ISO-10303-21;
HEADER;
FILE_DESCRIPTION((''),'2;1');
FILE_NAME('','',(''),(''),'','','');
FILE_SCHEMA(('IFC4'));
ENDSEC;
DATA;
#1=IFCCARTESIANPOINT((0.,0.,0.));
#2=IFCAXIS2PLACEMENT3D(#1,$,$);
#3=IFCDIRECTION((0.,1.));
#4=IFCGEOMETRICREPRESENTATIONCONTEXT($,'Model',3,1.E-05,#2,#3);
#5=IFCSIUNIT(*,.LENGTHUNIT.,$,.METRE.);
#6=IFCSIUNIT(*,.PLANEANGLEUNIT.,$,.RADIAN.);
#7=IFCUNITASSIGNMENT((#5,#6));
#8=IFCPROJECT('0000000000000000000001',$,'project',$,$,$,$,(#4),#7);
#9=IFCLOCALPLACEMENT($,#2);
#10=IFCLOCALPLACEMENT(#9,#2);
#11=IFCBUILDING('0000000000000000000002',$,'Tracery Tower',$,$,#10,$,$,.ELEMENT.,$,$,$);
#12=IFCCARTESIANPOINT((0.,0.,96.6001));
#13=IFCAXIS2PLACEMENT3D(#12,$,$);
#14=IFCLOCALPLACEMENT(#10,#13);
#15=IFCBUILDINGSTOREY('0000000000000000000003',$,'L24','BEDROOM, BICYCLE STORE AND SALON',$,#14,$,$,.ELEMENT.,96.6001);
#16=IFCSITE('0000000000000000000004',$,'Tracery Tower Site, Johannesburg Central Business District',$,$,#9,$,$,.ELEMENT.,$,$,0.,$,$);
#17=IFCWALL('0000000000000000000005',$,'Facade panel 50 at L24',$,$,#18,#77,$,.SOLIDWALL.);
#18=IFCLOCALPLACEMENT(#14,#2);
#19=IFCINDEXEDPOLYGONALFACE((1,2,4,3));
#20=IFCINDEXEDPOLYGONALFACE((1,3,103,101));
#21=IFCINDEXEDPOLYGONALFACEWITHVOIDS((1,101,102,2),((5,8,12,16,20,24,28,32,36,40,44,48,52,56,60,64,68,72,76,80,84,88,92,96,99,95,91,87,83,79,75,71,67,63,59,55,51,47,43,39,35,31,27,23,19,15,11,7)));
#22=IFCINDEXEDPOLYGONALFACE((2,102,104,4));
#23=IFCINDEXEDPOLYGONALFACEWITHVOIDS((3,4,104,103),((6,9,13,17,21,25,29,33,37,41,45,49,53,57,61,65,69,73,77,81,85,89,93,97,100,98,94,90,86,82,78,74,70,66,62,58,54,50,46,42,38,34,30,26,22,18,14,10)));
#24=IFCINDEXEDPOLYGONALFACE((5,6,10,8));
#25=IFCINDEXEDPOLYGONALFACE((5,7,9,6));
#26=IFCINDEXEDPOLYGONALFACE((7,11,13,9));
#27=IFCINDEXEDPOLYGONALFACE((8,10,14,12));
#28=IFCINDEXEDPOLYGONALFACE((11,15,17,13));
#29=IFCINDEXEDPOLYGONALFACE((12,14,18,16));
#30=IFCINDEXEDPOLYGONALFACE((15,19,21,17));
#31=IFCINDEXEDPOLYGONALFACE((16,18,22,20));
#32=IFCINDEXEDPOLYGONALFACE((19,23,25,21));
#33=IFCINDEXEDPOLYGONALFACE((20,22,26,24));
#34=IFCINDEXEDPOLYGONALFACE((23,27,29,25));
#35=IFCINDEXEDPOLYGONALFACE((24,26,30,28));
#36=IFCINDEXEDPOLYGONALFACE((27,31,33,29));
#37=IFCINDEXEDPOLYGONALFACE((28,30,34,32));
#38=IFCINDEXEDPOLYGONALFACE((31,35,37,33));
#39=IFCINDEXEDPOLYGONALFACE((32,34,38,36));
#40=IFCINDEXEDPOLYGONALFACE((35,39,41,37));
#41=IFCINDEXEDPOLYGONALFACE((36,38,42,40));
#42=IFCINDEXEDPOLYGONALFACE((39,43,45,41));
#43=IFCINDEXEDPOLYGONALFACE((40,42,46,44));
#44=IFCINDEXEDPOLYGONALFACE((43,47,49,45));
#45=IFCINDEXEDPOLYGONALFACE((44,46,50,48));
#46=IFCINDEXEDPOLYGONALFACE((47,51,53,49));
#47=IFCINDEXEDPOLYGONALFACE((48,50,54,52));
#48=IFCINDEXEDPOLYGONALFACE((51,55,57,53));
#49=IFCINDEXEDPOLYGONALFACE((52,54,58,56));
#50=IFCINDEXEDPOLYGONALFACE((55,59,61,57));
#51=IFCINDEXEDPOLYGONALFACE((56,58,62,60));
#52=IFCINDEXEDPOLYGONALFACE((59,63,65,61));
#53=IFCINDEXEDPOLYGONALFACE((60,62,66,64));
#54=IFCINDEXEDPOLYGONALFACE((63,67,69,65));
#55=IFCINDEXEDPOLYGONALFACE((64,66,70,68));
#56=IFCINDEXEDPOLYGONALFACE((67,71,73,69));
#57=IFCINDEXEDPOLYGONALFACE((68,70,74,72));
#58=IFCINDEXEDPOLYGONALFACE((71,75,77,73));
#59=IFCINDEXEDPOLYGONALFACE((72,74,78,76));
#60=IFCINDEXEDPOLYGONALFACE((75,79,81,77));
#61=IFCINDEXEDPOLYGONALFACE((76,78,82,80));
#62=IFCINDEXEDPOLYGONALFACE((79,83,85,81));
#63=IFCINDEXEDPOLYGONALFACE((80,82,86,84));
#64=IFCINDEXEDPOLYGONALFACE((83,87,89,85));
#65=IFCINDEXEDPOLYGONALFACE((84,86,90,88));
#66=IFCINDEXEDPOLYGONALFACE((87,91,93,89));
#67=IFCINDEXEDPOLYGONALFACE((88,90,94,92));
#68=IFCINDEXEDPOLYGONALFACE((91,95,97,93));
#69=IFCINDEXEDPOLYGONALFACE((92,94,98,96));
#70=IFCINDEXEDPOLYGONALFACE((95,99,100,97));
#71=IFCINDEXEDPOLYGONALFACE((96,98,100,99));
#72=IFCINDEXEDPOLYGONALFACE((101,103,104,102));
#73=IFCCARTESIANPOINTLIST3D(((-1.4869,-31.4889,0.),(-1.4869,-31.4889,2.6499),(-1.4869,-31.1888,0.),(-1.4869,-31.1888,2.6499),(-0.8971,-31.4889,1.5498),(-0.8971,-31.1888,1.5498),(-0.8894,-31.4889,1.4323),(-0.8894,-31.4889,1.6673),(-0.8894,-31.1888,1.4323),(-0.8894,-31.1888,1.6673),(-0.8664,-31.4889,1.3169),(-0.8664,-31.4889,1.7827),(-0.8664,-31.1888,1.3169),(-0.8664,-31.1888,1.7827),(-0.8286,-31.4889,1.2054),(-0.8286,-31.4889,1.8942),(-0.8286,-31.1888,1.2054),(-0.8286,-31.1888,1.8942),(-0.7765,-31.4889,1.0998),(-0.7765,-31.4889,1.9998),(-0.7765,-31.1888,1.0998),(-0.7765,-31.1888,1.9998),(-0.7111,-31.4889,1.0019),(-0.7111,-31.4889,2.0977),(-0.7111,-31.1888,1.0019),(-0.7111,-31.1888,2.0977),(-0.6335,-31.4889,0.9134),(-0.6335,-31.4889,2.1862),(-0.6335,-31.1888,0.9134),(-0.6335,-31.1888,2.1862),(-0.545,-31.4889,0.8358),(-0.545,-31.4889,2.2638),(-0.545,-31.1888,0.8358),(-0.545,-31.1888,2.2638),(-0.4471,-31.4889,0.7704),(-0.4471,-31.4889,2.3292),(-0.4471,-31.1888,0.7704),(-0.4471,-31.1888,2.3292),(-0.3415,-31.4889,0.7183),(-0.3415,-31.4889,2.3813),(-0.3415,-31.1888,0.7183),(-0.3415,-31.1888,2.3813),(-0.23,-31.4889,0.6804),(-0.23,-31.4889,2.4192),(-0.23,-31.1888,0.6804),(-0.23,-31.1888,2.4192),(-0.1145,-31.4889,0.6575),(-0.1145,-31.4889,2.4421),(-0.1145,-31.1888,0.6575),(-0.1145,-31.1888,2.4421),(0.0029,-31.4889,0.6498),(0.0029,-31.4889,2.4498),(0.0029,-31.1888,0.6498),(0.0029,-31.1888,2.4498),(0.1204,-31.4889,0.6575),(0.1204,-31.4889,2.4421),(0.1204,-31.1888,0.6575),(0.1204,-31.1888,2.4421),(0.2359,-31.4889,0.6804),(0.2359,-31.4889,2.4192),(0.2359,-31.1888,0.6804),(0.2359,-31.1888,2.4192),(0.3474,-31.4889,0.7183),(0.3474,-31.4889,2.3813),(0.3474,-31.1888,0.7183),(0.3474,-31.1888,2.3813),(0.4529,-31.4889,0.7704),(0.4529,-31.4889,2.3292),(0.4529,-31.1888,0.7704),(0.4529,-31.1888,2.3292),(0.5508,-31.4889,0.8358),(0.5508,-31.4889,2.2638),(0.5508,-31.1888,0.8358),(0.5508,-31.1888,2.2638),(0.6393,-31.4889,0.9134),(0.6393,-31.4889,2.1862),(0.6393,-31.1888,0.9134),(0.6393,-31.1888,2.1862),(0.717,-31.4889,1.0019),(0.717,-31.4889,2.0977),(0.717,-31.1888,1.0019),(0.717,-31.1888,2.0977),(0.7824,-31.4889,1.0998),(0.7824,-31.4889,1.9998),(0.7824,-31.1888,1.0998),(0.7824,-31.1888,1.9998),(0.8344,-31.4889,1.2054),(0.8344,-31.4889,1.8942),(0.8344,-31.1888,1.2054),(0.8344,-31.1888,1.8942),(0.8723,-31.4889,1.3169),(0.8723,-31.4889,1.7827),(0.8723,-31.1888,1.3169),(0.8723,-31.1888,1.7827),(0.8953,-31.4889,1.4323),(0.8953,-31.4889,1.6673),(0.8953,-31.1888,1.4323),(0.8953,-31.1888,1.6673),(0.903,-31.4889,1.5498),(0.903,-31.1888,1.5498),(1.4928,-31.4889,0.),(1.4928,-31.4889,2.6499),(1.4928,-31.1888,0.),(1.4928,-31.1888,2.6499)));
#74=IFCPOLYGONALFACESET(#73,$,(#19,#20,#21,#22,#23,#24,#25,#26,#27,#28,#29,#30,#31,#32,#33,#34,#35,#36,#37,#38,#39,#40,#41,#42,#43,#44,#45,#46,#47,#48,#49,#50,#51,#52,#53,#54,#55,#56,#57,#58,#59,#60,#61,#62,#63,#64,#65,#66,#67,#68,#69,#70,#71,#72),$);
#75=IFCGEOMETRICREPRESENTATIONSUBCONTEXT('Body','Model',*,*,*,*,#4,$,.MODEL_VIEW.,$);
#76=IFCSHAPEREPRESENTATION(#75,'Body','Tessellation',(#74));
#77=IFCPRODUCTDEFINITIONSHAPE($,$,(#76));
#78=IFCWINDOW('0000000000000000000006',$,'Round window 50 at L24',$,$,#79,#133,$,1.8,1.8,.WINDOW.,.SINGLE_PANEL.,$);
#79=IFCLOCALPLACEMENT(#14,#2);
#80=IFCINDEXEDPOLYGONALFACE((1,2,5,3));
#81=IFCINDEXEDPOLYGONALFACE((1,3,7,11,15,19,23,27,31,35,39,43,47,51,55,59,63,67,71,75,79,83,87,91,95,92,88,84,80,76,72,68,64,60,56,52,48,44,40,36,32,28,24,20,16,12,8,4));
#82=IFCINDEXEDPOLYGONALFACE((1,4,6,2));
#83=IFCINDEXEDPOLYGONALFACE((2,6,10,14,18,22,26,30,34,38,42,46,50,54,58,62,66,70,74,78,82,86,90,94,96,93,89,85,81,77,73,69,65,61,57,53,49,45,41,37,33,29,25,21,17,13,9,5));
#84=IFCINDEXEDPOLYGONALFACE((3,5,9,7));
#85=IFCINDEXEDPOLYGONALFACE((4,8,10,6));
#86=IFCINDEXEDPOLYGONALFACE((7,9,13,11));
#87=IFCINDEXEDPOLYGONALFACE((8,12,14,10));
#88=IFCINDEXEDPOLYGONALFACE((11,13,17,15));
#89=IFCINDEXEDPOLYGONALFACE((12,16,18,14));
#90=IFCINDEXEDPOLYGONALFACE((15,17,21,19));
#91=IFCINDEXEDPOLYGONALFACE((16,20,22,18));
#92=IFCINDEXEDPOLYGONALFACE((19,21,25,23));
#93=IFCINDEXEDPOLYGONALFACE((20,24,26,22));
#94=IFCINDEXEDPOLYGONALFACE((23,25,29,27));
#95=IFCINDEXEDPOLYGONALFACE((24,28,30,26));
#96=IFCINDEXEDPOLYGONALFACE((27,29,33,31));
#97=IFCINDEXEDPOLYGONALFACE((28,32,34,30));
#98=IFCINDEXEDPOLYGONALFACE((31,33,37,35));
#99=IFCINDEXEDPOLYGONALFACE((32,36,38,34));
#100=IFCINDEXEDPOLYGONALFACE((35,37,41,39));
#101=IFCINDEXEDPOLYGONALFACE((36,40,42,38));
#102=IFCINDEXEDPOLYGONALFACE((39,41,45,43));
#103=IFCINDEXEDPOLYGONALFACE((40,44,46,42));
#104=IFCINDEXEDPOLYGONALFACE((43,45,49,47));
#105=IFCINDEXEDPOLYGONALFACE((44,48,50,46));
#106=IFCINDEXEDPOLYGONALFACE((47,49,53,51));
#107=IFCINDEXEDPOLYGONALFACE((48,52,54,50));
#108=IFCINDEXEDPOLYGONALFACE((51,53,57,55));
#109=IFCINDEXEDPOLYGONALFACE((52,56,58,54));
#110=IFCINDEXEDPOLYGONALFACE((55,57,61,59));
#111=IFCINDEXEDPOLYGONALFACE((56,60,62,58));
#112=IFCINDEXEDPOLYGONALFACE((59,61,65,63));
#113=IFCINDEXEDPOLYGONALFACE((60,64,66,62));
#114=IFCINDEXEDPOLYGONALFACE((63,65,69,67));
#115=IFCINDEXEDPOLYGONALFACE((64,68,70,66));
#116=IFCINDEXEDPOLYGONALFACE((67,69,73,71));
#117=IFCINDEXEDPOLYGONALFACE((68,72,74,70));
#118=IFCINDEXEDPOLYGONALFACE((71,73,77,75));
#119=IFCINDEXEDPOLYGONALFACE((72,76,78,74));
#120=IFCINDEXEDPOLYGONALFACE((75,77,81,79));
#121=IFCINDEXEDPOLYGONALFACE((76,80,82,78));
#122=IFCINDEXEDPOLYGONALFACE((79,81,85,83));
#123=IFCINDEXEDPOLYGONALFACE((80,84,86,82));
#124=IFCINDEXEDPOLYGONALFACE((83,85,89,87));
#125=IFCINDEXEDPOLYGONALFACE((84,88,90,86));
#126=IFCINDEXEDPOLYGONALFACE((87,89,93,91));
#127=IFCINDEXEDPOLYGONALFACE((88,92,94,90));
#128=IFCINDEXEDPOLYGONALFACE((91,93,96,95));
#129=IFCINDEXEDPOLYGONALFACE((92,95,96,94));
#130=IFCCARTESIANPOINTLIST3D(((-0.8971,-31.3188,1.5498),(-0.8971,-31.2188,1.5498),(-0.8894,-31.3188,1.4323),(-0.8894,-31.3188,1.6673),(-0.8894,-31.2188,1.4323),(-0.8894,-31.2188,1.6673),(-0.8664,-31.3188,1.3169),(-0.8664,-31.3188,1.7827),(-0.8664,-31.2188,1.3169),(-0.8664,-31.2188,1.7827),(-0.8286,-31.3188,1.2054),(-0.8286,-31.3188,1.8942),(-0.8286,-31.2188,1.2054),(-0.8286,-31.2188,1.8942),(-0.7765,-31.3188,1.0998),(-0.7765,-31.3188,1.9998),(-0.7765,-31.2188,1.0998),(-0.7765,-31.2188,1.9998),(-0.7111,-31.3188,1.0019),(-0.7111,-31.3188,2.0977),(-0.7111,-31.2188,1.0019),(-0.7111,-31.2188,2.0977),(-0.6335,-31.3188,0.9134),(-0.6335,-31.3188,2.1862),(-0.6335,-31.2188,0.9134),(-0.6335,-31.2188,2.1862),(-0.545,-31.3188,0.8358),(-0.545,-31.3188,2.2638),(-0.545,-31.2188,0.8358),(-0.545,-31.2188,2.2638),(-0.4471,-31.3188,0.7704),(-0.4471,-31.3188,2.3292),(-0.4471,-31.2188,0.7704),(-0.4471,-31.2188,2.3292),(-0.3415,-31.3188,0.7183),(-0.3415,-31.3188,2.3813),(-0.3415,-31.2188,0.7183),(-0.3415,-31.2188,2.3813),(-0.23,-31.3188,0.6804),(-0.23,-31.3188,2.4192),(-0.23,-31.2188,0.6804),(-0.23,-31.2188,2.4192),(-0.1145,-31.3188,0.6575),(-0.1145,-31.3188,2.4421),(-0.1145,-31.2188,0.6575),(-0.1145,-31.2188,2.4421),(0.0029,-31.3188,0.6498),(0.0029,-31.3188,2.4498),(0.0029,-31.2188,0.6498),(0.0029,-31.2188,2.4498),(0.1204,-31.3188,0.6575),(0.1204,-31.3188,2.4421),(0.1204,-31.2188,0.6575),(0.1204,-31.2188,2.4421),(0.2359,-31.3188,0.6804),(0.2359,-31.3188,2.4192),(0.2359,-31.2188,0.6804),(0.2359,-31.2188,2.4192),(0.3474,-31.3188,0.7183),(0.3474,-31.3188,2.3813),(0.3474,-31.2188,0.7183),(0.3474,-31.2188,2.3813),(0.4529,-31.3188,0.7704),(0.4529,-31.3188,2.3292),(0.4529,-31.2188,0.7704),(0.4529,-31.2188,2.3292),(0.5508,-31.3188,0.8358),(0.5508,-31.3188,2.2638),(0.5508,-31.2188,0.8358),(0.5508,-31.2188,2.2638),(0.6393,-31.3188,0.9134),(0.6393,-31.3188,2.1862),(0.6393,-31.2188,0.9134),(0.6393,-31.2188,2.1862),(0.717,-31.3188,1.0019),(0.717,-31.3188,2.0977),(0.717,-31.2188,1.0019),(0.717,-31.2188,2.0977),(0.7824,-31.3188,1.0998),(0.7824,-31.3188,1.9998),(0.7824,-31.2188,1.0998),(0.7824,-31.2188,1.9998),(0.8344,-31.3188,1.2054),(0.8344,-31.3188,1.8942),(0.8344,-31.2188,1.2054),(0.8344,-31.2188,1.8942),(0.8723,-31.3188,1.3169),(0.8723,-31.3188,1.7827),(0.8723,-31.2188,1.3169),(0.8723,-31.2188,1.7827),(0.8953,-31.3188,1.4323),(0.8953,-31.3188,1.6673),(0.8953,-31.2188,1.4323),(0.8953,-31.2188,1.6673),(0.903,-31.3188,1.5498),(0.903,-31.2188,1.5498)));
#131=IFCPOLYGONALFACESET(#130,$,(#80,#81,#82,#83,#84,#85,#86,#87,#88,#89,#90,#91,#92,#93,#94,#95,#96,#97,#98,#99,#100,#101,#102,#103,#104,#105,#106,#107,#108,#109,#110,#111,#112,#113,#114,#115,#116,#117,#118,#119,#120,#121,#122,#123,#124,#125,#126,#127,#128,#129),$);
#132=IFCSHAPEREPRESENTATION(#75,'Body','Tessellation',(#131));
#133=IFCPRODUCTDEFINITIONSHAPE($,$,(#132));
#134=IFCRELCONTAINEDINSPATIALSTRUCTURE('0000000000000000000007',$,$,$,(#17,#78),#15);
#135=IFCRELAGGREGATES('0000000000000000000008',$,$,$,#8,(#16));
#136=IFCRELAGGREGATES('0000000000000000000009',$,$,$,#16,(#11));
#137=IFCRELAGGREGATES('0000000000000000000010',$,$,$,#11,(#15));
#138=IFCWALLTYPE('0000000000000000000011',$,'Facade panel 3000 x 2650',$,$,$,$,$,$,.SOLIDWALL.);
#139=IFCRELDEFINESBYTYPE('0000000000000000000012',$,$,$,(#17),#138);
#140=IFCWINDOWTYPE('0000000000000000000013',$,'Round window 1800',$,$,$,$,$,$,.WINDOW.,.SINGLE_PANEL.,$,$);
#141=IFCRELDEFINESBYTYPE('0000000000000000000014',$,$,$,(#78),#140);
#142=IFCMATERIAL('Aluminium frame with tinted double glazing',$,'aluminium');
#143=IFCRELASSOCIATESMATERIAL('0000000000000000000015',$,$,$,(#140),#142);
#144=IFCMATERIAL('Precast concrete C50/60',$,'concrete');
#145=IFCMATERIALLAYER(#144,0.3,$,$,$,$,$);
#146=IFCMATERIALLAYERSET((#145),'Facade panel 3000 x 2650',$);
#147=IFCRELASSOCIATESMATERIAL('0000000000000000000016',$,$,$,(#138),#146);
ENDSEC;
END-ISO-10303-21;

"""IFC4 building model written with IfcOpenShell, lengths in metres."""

from ifc_helpers import new_model, si_unit, direction, frame, frame_2d, origin, origin_2d, place, context, subcontext, project, spatial, rectangle, circle, extrude, material, layer, layer_set, type_object, element, fill, save


model = new_model("IFC4")

# Units and contexts
model_context = context("Model", 3, precision=1e-05, world=origin(), true_north=direction((0.0, 1.0)))
body_context = subcontext(model_context, "Body", "Model", "MODEL_VIEW")
ifc_project = project(units=[si_unit("LENGTHUNIT", "METRE"), si_unit("PLANEANGLEUNIT", "RADIAN")], contexts=[model_context])

# Site, building, storey
site_placement = place(None, origin())
site = spatial("IfcSite", under=ifc_project, at=site_placement, Name="Tracery Tower Site, Johannesburg Central Business District", CompositionType="ELEMENT", RefElevation=0.0)
building_placement = place(site_placement, origin())
building = spatial("IfcBuilding", under=site, at=building_placement, Name="Tracery Tower", CompositionType="ELEMENT")
storey_placement = place(building_placement, frame((0.0, 0.0, 96.6001)))
storey = spatial("IfcBuildingStorey", under=building, at=storey_placement, Name="L24", Description="BEDROOM, BICYCLE STORE AND SALON", CompositionType="ELEMENT", Elevation=96.6001)

# Wall, opening, window
ifc_material_1 = material(Name="Aluminium frame with tinted double glazing", Category="aluminium")
window_type = type_object("IfcWindowType", Name="Round window 1800", PartitioningType="SINGLE_PANEL", PredefinedType="WINDOW", material=ifc_material_1)
ifc_material_2 = material(Name="Precast concrete C50/60", Category="concrete")
ifc_layer_1 = layer(ifc_material_2, 0.3)
ifc_layer_set_1 = layer_set([ifc_layer_1], Name="Facade panel 3000 x 2650")
wall_type_1 = type_object("IfcWallType", Name="Facade panel 3000 x 2650", PredefinedType="SOLIDWALL", material=ifc_layer_set_1)
wall_1_placement = place(storey_placement, frame((-1.4868, -31.3389, 0.0), z_axis=(0.0, 0.0, 1.0), x_axis=(1.0, 0.0, 0.0)))
wall_1 = element("IfcWall", 1, at=wall_1_placement, inside=storey, type_object=wall_type_1, Name="Facade panel 50 at L24", PredefinedType="SOLIDWALL", context=body_context, shape_type="SweptSolid", body=[
    extrude(rectangle(XDim=2.9797, YDim=0.3, at=frame_2d((1.4897, 0.0))), origin(), (0.0, 0.0, 1.0), 2.6499),
])
opening_1_placement = place(wall_1_placement, frame((1.4897, 0.0, 1.5498)))
opening_1 = element("IfcOpeningElement", 2, at=opening_1_placement, cuts=wall_1, PredefinedType="OPENING", context=body_context, shape_type="SweptSolid", body=[
    extrude(circle(Radius=0.9, at=origin_2d()), frame((0.0, 0.1599, 0.0), z_axis=(0.0, -1.0, 0.0), x_axis=(1.0, 0.0, 0.0)), (0.0, 0.0, 1.0), 0.3201),
])
window_1_placement = place(opening_1_placement, origin())
window_1 = element("IfcWindow", 3, at=window_1_placement, inside=storey, type_object=window_type, Name="Round window 50 at L24", OverallHeight=1.8, OverallWidth=1.8, PartitioningType="SINGLE_PANEL", PredefinedType="WINDOW", context=body_context, shape_type="SweptSolid", body=[
    extrude(circle(Radius=0.9, at=origin_2d()), frame((0.0, 0.1201, 0.0), z_axis=(0.0, -1.0, 0.0), x_axis=(1.0, 0.0, 0.0)), (0.0, 0.0, 1.0), 0.1001),
])
fill(opening_1, window_1)

save(model, "model.ifc")
